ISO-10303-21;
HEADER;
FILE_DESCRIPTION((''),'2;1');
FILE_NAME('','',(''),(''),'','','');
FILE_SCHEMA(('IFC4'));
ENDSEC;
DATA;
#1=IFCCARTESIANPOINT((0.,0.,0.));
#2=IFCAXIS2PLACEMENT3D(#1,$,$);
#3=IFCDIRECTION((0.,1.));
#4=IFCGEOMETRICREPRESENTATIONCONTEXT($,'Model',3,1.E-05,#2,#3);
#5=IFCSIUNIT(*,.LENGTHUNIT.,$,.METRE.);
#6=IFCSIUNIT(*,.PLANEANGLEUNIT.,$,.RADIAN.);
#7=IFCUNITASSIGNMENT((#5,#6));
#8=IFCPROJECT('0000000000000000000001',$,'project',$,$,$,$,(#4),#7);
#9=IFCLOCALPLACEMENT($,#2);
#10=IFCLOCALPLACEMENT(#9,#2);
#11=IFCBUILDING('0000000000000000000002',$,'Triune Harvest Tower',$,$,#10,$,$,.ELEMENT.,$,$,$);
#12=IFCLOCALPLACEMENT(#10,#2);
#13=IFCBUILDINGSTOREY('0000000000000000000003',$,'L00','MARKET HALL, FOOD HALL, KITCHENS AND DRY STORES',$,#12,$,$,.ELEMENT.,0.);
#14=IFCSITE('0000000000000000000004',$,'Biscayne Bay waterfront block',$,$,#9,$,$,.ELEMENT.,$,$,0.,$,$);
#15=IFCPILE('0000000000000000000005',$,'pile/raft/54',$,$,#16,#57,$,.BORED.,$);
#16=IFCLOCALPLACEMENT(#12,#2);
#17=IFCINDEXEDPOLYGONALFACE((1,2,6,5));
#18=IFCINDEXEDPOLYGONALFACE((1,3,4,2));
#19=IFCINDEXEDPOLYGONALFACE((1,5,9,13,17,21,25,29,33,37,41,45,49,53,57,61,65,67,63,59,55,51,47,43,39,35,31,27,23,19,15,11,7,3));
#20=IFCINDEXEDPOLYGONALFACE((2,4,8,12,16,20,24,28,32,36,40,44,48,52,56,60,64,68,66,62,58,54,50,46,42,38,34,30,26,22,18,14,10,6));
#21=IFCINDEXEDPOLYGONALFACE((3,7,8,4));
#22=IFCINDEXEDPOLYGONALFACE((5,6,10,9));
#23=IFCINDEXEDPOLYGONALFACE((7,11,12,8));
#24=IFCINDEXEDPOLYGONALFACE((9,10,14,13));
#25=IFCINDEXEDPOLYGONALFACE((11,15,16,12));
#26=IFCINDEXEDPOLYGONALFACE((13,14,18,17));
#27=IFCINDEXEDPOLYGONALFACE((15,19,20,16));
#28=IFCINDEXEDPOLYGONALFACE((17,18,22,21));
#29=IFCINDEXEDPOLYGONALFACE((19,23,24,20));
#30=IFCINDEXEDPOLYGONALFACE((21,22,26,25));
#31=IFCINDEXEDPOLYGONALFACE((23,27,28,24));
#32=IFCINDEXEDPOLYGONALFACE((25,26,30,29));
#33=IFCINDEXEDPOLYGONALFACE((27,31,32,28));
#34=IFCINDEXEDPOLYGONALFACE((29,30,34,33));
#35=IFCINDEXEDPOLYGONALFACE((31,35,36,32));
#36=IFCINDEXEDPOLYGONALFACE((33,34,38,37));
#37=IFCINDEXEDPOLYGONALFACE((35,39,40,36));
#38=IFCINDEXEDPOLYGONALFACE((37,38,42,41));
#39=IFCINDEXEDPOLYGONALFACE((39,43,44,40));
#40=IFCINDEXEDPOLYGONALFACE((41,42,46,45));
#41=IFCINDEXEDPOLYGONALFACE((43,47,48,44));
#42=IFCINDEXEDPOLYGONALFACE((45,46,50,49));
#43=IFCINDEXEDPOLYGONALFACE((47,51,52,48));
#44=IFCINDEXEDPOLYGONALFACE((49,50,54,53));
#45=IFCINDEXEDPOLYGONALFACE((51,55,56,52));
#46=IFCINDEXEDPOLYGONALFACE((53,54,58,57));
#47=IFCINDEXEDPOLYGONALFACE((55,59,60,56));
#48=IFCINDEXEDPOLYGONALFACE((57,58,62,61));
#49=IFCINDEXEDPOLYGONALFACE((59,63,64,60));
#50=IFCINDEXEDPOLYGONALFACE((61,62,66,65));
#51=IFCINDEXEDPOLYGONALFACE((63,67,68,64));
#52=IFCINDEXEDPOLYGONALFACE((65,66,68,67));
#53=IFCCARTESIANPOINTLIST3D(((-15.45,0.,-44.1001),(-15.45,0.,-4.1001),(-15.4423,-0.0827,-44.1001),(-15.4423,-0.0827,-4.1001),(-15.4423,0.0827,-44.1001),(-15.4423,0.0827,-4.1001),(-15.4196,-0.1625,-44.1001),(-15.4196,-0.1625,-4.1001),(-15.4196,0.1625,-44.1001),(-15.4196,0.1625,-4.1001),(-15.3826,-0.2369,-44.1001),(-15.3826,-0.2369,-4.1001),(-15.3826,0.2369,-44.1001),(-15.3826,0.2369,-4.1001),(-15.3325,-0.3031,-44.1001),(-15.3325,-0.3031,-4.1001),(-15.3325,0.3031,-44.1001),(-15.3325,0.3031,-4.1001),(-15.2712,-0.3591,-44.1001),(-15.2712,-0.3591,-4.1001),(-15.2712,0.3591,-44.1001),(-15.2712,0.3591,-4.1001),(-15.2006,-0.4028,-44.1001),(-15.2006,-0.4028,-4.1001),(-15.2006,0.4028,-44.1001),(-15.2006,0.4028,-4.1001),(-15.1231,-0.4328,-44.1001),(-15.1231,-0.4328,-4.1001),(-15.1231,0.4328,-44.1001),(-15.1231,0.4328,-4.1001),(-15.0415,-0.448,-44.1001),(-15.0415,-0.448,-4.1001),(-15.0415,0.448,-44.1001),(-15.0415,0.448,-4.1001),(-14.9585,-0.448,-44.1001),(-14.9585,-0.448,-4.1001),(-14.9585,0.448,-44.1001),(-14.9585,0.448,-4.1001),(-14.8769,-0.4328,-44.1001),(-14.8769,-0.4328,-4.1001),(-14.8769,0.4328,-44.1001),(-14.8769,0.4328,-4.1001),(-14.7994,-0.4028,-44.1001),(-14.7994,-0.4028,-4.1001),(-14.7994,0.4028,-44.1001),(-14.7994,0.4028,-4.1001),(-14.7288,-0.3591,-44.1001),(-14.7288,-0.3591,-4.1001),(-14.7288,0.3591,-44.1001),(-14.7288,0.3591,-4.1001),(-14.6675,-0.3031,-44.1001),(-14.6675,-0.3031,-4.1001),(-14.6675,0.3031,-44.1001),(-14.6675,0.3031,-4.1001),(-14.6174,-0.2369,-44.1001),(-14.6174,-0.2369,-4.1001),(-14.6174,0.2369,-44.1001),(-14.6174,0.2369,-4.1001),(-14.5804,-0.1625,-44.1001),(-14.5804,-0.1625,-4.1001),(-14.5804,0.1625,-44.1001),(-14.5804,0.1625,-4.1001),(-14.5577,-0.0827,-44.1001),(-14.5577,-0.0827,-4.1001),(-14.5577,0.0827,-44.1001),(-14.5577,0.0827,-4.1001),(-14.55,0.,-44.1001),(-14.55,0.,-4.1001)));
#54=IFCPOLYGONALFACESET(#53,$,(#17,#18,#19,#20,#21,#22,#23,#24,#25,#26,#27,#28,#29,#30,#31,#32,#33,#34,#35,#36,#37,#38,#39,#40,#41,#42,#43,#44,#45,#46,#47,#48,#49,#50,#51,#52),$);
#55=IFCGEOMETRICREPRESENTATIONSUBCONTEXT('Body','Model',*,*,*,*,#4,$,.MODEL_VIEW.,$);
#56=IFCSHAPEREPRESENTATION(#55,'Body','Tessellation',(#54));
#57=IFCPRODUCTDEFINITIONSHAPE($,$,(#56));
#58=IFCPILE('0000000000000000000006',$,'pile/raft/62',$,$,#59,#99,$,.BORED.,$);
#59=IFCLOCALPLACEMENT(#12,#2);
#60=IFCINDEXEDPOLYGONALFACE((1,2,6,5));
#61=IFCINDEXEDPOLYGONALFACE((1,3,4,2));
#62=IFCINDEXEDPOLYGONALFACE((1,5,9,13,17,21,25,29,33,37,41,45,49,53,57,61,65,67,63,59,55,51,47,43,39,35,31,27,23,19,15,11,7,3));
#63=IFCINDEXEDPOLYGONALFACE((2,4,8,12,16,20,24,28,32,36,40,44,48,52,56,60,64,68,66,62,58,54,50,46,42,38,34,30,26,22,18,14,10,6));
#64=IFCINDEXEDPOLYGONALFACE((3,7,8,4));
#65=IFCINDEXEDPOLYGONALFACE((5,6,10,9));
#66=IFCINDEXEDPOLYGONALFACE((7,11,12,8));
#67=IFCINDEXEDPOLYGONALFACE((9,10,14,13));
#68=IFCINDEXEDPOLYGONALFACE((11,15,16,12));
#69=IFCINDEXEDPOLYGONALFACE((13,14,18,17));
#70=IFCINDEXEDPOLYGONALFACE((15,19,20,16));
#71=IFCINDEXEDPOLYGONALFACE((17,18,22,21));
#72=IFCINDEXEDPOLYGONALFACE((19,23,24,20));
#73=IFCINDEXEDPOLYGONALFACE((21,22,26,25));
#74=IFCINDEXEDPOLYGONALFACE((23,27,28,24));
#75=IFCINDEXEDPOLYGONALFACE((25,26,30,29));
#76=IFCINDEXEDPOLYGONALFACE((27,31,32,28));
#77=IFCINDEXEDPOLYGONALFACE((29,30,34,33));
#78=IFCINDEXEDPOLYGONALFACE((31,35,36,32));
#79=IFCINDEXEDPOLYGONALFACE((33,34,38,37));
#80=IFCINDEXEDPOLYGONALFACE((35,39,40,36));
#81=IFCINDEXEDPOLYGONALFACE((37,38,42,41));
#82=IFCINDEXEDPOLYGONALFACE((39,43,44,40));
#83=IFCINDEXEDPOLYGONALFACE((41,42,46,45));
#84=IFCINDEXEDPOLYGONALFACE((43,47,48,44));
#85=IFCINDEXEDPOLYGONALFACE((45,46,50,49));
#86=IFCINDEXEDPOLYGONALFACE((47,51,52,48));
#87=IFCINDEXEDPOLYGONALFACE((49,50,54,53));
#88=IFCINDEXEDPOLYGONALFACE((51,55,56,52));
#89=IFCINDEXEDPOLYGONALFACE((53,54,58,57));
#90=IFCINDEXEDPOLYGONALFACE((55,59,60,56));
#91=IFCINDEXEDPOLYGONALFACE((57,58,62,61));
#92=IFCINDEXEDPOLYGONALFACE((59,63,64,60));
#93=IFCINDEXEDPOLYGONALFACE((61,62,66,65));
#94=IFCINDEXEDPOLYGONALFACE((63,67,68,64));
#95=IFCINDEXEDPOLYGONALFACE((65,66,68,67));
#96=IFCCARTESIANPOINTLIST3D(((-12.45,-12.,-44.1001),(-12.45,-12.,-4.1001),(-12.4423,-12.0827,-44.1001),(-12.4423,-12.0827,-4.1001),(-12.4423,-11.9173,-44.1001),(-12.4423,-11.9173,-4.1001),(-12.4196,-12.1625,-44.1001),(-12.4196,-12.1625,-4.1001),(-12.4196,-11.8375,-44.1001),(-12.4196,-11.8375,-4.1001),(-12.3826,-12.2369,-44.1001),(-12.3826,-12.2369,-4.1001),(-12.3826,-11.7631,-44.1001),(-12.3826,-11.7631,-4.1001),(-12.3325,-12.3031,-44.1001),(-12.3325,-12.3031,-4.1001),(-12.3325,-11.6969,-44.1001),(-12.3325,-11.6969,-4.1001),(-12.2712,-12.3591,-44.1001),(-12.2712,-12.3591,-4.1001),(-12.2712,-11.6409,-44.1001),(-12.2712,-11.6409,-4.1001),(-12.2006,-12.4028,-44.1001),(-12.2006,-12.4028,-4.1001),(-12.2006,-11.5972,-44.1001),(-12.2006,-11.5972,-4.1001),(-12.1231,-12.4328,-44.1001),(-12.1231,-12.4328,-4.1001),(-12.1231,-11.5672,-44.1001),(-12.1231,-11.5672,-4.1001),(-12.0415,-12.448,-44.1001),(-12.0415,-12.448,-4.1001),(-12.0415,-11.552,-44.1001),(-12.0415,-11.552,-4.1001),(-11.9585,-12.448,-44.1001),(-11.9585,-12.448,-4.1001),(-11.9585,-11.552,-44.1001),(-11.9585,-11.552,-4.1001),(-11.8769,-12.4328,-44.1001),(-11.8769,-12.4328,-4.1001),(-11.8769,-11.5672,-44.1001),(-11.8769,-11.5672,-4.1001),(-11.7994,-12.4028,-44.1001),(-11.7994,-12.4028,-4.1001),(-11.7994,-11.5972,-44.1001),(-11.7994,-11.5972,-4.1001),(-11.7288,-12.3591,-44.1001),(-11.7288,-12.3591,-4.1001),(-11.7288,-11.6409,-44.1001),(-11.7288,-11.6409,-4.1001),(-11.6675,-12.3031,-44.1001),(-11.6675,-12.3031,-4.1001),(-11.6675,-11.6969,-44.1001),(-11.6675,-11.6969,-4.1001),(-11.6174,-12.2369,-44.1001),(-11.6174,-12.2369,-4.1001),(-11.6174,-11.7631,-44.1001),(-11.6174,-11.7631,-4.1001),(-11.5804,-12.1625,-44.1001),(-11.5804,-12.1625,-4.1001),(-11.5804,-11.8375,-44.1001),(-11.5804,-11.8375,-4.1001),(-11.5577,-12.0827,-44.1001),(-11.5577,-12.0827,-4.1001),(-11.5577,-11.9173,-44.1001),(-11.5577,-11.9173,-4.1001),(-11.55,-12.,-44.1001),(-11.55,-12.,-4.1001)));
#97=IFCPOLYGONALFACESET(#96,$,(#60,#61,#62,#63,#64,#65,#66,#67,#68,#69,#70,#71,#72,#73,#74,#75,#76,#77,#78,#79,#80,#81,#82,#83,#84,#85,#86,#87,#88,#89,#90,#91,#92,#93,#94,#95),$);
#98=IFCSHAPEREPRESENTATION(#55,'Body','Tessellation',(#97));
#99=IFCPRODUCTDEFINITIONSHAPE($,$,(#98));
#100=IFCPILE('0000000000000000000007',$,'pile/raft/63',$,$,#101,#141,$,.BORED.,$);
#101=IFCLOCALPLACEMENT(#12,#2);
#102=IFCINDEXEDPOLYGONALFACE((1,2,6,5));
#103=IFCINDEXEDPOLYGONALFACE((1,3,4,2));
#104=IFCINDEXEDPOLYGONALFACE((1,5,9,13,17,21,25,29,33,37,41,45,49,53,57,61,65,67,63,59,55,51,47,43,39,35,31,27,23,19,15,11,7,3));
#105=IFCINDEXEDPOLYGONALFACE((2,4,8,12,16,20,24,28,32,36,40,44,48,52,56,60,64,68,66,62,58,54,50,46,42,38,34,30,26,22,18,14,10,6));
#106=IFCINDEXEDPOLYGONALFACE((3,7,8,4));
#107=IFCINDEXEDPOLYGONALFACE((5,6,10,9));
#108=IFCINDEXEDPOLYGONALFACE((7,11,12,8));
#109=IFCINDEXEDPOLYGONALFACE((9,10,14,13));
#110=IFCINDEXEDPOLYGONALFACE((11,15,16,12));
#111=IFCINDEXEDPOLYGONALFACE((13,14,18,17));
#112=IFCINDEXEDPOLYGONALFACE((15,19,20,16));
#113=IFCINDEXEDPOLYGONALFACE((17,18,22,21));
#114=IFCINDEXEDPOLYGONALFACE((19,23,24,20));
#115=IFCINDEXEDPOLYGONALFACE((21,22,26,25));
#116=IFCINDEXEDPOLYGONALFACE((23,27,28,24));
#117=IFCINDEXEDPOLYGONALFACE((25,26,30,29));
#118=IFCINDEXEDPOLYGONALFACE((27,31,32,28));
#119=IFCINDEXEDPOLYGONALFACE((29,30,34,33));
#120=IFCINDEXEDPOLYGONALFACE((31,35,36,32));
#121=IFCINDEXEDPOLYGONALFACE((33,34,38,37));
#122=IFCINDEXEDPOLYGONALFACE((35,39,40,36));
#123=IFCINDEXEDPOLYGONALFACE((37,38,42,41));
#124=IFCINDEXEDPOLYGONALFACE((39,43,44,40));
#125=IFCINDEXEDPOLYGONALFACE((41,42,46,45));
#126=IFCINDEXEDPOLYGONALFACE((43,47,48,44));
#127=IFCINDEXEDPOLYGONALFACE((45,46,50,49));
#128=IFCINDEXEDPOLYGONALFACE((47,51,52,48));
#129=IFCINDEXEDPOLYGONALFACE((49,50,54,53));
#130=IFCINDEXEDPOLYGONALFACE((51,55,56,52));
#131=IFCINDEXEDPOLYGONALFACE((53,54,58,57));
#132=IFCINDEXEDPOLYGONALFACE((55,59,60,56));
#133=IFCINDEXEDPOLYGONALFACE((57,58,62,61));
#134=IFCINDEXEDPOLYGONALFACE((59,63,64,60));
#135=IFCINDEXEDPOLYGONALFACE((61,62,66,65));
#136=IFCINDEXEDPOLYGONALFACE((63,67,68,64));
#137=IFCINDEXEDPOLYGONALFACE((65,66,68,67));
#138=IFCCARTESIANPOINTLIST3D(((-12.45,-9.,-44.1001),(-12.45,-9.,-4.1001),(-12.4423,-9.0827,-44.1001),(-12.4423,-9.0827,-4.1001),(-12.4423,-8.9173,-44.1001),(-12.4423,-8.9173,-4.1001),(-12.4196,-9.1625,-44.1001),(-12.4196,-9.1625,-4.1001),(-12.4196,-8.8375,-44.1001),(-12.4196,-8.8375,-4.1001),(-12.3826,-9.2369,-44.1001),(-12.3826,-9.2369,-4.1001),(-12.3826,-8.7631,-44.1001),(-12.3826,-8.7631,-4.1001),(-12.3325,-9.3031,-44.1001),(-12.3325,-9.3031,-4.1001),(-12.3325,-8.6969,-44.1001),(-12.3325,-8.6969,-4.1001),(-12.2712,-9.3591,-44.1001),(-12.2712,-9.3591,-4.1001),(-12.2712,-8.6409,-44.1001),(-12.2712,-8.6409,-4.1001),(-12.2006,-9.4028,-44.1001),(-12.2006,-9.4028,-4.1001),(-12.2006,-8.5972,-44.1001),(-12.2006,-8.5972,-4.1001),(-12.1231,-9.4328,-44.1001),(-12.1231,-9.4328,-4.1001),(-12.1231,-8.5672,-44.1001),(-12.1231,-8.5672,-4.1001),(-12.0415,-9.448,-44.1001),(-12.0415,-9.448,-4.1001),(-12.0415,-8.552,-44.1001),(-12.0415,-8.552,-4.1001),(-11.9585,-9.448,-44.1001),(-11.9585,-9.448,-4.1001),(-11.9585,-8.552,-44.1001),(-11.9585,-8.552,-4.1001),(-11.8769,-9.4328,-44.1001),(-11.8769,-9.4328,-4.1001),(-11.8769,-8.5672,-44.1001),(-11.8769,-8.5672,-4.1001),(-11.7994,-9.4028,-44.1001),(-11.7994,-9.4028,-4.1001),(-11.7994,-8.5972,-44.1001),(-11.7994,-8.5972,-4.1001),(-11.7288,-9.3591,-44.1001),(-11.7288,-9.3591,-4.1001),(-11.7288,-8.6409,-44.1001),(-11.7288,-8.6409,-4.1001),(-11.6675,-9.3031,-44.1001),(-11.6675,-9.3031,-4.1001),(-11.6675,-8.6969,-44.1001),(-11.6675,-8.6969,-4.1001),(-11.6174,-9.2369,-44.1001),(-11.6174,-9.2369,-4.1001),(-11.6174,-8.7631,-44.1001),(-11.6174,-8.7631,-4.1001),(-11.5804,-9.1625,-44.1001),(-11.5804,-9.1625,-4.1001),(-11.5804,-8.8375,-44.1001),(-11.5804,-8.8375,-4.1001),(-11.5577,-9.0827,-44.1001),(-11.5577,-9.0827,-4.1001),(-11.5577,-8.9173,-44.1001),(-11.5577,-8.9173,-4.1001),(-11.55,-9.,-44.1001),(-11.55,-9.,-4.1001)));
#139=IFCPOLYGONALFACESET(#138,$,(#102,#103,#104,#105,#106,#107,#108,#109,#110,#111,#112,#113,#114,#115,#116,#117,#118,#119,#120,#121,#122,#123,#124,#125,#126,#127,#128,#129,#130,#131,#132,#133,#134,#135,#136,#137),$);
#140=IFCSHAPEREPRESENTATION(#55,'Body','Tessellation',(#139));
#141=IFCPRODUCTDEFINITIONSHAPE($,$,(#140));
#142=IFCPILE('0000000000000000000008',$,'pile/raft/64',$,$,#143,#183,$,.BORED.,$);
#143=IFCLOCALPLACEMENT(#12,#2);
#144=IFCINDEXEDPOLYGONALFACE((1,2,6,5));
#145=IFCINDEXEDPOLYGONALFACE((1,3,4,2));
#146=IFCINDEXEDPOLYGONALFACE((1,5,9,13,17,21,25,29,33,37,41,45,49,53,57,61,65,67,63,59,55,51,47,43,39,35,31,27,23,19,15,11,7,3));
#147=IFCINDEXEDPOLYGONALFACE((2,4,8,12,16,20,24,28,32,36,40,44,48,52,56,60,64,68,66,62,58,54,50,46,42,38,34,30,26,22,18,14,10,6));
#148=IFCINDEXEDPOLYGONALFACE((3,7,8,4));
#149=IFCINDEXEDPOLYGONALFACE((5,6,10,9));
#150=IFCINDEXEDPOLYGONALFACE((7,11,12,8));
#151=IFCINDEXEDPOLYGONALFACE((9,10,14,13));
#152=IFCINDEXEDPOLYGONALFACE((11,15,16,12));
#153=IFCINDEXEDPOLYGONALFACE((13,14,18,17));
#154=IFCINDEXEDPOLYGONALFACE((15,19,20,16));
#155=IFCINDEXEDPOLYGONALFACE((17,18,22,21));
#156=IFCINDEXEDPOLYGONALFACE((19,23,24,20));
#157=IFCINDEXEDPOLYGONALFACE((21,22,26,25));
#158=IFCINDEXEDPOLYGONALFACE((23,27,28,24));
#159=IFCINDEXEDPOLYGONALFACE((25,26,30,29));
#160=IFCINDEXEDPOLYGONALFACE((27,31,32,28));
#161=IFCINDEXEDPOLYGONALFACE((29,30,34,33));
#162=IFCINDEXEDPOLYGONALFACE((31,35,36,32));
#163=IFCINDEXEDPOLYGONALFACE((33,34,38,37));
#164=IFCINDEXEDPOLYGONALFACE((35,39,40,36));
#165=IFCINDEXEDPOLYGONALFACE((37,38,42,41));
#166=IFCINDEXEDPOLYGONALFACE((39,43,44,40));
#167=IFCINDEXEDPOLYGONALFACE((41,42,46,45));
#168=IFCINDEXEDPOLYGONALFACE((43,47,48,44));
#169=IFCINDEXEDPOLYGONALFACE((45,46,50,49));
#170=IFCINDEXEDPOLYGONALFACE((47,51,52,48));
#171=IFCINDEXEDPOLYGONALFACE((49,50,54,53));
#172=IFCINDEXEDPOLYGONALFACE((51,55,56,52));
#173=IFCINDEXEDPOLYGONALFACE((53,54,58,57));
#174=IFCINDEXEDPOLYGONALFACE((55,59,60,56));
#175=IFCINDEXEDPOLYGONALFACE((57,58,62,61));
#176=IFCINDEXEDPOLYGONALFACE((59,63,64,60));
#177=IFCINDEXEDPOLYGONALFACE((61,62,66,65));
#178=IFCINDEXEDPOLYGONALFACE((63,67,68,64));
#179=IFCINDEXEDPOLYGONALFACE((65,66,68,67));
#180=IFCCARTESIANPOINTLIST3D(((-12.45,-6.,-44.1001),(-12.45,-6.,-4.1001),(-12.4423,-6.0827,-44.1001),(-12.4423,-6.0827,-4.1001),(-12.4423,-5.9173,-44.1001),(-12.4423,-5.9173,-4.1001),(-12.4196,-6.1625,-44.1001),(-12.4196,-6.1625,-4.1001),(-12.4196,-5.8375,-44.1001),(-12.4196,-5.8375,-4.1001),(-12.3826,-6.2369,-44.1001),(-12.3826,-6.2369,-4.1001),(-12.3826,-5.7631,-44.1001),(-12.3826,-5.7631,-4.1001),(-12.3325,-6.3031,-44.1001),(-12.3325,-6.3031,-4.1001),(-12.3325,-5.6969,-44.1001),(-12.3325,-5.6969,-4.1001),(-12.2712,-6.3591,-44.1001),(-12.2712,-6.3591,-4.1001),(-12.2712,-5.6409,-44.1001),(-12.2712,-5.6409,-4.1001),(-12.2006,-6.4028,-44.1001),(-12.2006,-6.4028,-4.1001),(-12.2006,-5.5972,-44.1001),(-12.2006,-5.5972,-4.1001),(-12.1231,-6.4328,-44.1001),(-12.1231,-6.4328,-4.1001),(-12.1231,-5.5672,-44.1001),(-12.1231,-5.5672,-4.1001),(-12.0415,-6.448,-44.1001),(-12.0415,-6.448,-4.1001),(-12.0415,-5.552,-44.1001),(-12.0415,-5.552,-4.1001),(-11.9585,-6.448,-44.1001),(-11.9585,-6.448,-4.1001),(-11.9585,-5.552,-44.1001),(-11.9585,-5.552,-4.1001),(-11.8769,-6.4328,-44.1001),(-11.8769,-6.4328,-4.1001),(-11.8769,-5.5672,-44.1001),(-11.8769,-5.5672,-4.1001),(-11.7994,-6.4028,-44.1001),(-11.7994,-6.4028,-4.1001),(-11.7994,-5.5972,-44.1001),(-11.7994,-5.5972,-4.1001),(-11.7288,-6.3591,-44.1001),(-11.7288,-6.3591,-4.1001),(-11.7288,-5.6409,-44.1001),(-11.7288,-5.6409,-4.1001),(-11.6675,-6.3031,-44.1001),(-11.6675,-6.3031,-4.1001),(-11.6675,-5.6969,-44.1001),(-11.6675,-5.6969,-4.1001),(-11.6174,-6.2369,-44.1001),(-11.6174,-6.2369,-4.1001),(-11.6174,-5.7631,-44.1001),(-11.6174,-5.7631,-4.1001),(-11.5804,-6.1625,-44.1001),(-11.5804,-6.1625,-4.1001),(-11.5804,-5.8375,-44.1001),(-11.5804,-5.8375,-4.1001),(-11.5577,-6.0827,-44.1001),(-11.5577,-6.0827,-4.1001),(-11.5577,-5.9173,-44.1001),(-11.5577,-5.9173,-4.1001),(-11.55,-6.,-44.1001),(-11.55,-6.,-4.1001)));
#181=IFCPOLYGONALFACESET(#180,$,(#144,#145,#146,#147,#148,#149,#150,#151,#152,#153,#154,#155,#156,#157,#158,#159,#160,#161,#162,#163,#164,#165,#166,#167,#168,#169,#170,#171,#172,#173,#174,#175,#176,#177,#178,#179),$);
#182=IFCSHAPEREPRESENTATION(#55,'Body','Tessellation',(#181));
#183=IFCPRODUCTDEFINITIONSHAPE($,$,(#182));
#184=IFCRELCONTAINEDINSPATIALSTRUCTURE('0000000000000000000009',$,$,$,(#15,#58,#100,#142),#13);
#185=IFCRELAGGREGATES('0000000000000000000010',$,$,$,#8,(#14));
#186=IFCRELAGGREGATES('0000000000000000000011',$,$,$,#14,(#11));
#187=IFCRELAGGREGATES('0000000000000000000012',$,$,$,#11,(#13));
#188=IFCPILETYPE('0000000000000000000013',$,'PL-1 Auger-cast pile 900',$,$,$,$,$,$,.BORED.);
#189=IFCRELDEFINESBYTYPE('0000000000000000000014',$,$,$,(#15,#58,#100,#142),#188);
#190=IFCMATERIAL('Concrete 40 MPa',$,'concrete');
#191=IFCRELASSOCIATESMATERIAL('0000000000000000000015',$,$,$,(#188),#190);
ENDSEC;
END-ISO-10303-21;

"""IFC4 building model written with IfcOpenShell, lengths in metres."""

from ifc_helpers import new_model, si_unit, direction, frame, origin, origin_2d, place, context, subcontext, project, spatial, circle, extrude, source, transform, mapped, material, material_profile, profile_set, type_object, element, save


model = new_model("IFC4")

# Units and contexts
model_context = context("Model", 3, precision=1e-05, world=origin(), true_north=direction((0.0, 1.0)))
body_context = subcontext(model_context, "Body", "Model", "MODEL_VIEW")
ifc_project = project(units=[si_unit("LENGTHUNIT", "METRE"), si_unit("PLANEANGLEUNIT", "RADIAN")], contexts=[model_context])

# Site, building, storey
site_placement = place(None, origin())
site = spatial("IfcSite", under=ifc_project, at=site_placement, Name="Biscayne Bay waterfront block", CompositionType="ELEMENT", RefElevation=0.0)
building_placement = place(site_placement, origin())
building = spatial("IfcBuilding", under=site, at=building_placement, Name="Triune Harvest Tower", CompositionType="ELEMENT")
storey_placement = place(building_placement, origin())
storey = spatial("IfcBuildingStorey", under=building, at=storey_placement, Name="L00", Description="MARKET HALL, FOOD HALL, KITCHENS AND DRY STORES", CompositionType="ELEMENT", Elevation=0.0)

# Piles
ifc_material_1 = material(Name="Concrete 40 MPa", Category="concrete")
ifc_material_profile = material_profile(ifc_material_1, circle(Radius=0.45, at=origin_2d()), Name="Bored 900")
ifc_profile_set = profile_set([ifc_material_profile], Name="Concrete 40 MPa")
pile_type = type_object("IfcPileType", Name="PL-1 Auger-cast pile 900", PredefinedType="BORED", material=ifc_profile_set)
shared_shape_1 = source(origin(), body_context, "Body", "SweptSolid", [
    extrude(circle(Radius=0.45, at=origin_2d()), origin(), (0.0, 0.0, 1.0), 40.0),
])
for number, where, z_axis, x_axis, name in (
    (1, (-15.0, 0.0, -4.1001), (0.0, 0.0, -1.0), (1.0, 0.0, 0.0), "pile/raft/54"),
    (2, (-12.0, -12.0, -4.1001), (0.0, 0.0, -1.0), (1.0, 0.0, 0.0), "pile/raft/62"),
    (3, (-12.0, -9.0, -4.1001), (0.0, 0.0, -1.0), (1.0, 0.0, 0.0), "pile/raft/63"),
    (4, (-12.0, -6.0, -4.1001), (0.0, 0.0, -1.0), (1.0, 0.0, 0.0), "pile/raft/64"),
):
    element("IfcPile", number, at=place(storey_placement, frame(where, z_axis=z_axis, x_axis=x_axis)), inside=storey, type_object=pile_type, Name=name, PredefinedType="BORED", context=body_context, shape_type="MappedRepresentation", body=[
        mapped(shared_shape_1, transform((0.0, 0.0, 0.0), scale=1.0)),
    ])

save(model, "model.ifc")
